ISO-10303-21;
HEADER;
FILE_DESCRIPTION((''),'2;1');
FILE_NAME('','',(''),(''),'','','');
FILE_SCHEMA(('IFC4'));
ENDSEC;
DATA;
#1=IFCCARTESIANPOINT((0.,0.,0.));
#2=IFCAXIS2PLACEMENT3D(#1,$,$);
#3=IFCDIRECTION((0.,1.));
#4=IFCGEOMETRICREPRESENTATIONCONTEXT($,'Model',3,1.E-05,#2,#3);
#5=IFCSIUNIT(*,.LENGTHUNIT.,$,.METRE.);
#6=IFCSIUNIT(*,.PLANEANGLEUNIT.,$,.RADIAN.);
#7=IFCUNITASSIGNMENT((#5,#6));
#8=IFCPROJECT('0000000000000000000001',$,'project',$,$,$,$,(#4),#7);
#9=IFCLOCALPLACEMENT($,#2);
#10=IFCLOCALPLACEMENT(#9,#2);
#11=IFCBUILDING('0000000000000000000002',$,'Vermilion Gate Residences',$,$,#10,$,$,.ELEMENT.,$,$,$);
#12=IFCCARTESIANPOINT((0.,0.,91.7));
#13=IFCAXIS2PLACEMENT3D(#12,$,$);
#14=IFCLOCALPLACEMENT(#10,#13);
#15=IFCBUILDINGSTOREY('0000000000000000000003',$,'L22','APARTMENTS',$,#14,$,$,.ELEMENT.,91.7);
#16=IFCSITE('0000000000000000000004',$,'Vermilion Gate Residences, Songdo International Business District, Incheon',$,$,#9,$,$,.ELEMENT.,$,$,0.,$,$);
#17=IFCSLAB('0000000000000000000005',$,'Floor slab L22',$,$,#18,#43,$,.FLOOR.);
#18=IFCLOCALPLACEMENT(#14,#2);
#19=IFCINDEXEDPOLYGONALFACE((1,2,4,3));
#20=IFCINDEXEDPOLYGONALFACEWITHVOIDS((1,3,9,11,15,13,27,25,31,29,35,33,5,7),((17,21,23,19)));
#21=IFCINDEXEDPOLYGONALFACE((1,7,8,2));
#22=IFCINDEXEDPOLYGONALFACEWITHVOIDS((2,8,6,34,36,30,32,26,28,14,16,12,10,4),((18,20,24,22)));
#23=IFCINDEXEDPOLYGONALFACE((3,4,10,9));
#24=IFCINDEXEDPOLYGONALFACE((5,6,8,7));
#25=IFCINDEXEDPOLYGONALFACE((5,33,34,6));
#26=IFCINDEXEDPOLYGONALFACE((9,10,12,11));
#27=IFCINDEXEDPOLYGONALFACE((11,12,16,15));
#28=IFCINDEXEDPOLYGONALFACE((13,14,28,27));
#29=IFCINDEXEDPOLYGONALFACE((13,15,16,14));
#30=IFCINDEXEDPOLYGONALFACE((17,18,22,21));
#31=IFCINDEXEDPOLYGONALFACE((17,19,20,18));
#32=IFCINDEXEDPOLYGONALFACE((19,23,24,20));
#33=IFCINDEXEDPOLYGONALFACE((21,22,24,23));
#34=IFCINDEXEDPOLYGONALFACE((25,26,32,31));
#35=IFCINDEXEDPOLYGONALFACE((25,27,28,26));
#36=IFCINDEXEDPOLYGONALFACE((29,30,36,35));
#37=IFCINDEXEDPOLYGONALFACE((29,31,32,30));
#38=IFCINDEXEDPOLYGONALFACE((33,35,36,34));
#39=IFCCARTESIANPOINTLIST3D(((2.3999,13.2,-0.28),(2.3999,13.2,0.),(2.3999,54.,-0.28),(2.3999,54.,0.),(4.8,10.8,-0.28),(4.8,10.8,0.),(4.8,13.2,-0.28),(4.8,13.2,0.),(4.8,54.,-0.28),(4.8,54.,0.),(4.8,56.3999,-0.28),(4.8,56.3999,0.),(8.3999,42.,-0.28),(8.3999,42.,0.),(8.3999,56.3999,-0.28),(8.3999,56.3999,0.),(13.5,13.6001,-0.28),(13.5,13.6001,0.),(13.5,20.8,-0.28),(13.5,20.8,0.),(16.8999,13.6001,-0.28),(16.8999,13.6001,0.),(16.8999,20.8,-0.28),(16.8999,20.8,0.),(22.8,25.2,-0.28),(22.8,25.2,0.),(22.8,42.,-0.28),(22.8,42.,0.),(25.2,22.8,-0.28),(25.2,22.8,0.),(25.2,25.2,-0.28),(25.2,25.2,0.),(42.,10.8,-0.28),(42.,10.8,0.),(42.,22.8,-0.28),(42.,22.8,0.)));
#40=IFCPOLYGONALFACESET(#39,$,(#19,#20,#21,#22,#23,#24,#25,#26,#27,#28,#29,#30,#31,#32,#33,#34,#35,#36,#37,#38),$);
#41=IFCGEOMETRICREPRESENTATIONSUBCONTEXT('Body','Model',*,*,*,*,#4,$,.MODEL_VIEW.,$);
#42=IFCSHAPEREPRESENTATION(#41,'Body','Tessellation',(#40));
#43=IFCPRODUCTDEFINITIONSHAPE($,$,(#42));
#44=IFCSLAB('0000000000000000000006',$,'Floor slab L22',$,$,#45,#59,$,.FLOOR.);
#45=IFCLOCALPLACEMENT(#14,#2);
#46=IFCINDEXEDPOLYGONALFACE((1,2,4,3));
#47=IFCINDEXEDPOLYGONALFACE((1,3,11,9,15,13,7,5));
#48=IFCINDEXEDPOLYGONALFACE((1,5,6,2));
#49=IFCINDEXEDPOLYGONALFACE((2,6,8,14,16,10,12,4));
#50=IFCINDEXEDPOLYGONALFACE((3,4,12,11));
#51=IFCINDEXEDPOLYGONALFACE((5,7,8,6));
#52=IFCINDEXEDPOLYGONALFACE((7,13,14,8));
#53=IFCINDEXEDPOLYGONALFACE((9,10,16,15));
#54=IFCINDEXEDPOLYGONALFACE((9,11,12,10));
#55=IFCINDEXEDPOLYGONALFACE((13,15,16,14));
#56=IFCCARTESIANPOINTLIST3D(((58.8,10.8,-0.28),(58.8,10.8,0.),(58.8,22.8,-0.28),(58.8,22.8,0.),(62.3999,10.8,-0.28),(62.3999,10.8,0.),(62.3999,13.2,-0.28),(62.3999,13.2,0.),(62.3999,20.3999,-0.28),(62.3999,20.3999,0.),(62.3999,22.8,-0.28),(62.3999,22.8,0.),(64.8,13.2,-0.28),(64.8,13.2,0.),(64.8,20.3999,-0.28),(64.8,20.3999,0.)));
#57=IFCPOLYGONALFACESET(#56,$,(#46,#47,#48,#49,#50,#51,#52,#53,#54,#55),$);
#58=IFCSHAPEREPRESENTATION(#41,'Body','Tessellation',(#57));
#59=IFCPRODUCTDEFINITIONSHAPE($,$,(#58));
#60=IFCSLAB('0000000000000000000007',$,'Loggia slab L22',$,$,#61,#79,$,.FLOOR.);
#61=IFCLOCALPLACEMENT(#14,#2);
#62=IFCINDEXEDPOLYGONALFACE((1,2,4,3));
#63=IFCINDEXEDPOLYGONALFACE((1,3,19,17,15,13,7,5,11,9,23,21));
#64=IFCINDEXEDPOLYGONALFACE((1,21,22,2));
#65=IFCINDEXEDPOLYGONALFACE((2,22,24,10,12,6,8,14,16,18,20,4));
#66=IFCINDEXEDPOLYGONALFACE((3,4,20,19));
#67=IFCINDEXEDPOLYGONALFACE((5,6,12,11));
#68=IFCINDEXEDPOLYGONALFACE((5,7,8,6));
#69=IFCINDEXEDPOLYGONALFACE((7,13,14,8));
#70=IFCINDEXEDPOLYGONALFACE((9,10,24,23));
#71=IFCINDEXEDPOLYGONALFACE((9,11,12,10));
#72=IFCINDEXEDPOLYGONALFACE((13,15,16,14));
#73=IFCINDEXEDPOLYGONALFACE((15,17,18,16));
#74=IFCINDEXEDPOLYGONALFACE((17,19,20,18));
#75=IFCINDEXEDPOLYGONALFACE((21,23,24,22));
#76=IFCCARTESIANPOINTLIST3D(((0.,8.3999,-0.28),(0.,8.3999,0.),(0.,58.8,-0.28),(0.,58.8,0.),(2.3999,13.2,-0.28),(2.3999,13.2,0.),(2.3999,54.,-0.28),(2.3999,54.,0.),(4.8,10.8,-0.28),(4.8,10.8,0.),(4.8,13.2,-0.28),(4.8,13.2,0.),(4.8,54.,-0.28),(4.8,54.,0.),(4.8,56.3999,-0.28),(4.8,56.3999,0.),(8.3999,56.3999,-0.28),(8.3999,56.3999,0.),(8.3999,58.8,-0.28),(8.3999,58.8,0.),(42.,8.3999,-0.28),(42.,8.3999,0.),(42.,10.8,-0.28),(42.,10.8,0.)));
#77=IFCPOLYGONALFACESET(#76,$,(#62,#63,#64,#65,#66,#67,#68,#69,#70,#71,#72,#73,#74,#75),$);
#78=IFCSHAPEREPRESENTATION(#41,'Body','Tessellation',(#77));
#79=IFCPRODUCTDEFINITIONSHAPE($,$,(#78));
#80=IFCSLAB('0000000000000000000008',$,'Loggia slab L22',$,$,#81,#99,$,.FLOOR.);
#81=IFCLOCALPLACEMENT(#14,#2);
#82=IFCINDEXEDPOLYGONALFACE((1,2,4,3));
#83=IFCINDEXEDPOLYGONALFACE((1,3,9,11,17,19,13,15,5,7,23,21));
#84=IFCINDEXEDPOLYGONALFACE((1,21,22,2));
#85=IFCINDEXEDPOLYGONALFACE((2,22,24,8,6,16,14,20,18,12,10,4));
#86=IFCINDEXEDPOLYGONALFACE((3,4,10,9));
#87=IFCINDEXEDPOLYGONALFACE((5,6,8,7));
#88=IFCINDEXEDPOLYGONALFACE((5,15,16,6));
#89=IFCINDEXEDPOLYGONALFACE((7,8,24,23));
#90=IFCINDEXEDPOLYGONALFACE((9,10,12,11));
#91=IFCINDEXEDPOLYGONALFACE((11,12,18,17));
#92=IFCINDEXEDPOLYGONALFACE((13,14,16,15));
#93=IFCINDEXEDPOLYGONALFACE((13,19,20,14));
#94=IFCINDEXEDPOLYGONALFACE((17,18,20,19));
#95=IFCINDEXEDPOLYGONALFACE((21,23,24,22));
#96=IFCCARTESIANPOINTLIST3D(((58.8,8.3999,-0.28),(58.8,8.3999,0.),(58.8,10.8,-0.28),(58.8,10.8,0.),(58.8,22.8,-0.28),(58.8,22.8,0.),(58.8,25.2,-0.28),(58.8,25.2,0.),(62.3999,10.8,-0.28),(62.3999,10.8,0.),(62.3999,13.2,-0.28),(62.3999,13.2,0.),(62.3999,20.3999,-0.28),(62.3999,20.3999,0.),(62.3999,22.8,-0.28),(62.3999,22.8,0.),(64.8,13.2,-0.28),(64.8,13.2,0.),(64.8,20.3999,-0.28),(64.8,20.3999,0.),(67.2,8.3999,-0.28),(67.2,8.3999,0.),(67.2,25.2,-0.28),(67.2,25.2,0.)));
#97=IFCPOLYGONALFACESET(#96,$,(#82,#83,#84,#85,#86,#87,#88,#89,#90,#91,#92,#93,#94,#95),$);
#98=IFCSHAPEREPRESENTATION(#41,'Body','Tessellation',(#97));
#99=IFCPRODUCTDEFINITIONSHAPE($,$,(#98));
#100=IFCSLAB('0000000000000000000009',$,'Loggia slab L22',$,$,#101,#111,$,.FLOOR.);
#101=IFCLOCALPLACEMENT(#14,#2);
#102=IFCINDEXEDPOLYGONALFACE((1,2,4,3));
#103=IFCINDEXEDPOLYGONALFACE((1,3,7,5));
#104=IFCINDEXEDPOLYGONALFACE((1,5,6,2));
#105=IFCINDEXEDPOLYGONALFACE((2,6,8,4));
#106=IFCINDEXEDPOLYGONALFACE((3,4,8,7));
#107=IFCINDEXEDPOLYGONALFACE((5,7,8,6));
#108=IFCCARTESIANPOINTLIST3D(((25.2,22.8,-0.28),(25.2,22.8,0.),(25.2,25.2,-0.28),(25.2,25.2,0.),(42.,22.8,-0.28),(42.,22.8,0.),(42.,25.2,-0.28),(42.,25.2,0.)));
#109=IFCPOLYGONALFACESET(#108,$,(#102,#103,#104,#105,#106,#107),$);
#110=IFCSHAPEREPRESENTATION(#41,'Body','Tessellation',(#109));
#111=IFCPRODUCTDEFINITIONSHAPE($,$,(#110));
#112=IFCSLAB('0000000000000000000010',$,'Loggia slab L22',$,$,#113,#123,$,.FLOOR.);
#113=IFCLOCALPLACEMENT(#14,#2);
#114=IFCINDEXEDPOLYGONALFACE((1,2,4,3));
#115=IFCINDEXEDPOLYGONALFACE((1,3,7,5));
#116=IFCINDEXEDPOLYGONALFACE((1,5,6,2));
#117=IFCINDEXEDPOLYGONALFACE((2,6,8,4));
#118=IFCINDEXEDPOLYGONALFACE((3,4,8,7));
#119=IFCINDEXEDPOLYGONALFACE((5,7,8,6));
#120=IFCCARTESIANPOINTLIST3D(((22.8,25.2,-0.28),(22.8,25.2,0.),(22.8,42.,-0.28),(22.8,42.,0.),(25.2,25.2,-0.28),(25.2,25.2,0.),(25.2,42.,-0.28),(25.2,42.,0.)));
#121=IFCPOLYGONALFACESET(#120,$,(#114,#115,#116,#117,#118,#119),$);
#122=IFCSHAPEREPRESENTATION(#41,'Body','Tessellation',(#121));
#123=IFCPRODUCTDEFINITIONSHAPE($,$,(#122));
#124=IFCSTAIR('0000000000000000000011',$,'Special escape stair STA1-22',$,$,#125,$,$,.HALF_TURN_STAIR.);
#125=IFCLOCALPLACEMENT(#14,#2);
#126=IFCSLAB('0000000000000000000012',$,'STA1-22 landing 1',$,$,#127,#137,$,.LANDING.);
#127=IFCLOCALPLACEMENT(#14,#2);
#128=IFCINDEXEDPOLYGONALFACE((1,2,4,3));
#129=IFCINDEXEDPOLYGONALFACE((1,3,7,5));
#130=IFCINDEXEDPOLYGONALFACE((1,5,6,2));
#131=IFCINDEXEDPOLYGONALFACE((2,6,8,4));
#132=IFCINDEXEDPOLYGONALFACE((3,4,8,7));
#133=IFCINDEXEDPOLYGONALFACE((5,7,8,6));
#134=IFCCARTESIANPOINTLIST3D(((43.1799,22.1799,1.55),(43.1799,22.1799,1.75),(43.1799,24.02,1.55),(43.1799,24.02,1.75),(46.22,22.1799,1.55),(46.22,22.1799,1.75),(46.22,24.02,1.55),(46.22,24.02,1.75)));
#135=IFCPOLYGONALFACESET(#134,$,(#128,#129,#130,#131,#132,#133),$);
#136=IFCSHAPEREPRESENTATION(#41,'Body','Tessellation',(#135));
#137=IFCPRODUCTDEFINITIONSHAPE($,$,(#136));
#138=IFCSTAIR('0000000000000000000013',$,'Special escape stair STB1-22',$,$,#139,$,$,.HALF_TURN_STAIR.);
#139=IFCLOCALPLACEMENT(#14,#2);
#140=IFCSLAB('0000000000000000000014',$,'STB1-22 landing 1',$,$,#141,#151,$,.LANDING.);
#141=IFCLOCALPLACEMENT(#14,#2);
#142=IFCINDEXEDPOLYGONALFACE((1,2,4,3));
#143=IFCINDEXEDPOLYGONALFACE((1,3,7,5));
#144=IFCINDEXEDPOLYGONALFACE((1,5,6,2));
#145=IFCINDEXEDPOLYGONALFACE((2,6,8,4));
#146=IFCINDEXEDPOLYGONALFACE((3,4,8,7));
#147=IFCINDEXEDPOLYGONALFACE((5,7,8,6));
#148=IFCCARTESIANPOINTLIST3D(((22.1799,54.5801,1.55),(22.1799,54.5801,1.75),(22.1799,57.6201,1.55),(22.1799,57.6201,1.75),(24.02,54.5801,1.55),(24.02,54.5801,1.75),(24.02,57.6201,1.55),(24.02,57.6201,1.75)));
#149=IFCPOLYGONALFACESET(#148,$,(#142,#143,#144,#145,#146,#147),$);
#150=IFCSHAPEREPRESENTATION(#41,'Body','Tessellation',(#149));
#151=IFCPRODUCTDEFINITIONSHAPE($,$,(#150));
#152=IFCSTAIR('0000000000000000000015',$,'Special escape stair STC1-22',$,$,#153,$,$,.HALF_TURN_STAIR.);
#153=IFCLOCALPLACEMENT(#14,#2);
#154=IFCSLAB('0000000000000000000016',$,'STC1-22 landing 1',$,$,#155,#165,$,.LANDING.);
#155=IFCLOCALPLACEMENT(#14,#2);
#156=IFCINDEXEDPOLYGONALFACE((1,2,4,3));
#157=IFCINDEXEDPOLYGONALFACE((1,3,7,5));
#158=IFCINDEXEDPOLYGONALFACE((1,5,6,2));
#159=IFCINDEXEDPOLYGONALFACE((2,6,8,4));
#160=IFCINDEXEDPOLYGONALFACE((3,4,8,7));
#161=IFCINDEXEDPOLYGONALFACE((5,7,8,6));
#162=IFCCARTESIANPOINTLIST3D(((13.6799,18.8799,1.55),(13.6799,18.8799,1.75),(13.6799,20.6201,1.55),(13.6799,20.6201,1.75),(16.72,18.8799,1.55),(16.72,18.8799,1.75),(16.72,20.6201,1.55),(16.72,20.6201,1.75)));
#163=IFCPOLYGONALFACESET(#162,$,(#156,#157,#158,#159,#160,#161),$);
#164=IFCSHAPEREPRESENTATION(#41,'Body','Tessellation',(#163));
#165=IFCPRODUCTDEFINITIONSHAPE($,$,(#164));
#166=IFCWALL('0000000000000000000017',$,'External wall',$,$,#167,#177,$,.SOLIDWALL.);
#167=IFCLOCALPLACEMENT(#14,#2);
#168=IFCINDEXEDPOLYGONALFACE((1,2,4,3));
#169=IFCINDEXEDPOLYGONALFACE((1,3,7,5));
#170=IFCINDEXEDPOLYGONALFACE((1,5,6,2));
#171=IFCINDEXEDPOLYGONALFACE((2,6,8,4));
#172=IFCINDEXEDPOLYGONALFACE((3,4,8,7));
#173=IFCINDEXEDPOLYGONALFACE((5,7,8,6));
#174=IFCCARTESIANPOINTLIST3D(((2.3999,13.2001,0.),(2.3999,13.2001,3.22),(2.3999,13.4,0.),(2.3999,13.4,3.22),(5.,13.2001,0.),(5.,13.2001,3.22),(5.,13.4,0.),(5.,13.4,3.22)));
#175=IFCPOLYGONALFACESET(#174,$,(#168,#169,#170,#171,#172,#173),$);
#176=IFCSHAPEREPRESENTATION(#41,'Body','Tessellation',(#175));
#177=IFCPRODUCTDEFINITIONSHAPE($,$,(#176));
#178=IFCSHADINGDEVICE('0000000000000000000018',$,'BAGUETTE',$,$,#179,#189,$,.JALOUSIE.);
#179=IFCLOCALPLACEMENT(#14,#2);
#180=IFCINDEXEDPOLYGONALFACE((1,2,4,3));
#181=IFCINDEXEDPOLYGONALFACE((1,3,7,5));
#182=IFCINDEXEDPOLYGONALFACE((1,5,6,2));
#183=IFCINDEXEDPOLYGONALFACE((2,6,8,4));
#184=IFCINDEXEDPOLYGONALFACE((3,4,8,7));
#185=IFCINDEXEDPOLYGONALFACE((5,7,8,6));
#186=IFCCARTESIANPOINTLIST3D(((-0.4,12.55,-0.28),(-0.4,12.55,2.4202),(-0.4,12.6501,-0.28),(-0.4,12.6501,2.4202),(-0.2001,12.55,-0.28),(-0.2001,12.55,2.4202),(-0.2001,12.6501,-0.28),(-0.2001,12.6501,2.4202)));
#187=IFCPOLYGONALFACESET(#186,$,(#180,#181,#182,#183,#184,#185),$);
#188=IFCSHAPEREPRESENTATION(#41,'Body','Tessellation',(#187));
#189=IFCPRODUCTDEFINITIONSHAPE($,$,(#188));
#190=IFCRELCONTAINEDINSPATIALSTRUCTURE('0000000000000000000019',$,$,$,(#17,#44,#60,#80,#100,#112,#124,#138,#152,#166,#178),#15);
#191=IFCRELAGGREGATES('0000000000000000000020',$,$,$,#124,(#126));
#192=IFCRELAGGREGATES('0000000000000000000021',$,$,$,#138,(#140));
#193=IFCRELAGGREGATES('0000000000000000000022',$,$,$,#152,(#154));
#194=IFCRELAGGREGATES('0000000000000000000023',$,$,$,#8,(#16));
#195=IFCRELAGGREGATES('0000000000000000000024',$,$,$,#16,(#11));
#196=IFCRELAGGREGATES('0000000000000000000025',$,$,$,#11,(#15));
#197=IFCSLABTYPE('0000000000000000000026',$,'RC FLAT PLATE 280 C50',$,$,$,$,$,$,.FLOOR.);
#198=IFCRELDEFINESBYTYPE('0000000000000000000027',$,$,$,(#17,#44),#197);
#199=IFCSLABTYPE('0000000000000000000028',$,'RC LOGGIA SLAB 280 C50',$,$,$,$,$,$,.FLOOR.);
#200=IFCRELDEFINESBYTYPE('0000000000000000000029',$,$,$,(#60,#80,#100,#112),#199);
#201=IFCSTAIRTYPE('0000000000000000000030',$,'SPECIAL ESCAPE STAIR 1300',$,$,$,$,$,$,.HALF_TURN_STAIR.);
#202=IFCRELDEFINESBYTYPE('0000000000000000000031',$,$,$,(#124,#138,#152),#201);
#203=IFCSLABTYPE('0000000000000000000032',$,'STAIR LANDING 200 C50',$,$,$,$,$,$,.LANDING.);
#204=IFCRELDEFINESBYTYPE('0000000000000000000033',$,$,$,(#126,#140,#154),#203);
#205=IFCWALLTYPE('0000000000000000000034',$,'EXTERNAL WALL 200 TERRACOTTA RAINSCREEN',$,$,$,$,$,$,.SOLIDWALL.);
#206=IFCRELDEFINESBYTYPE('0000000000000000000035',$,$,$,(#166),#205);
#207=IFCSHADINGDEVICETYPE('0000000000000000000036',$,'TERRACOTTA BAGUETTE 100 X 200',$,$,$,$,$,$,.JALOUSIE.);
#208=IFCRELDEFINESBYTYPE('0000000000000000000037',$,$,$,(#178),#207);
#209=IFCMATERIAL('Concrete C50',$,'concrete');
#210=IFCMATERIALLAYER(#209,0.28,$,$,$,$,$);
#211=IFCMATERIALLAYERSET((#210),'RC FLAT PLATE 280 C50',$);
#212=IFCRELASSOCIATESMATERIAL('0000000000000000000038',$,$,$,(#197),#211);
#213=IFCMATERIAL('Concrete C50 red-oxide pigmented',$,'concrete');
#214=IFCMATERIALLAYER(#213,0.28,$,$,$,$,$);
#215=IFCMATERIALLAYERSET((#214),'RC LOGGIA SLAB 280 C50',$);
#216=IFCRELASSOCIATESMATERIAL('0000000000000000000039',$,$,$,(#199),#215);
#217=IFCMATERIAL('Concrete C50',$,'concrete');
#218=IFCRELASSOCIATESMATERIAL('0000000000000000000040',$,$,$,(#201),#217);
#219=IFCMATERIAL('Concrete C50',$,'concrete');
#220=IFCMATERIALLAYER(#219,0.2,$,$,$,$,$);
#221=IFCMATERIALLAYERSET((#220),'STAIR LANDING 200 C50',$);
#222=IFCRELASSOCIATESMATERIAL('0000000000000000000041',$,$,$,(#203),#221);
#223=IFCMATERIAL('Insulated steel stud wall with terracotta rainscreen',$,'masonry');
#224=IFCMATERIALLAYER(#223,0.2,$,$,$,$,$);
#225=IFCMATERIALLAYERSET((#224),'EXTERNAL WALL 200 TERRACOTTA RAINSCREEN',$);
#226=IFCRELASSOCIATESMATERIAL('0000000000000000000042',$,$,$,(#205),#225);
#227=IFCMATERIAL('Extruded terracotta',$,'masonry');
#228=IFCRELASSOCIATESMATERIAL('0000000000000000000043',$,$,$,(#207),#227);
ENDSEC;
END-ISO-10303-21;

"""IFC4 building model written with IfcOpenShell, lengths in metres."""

from ifc_helpers import new_model, si_unit, direction, frame, frame_2d, origin, origin_2d, place, context, subcontext, project, spatial, polyline, rectangle, outline, extrude, material, layer, layer_set, material_profile, profile_set, type_object, element, aggregate, save


model = new_model("IFC4")

# Units and contexts
model_context = context("Model", 3, precision=1e-05, world=origin(), true_north=direction((0.0, 1.0)))
body_context = subcontext(model_context, "Body", "Model", "MODEL_VIEW")
ifc_project = project(units=[si_unit("LENGTHUNIT", "METRE"), si_unit("PLANEANGLEUNIT", "RADIAN")], contexts=[model_context])

# Site, building, storey
site_placement = place(None, origin())
site = spatial("IfcSite", under=ifc_project, at=site_placement, Name="Vermilion Gate Residences, Songdo International Business District, Incheon", CompositionType="ELEMENT", RefElevation=0.0)
building_placement = place(site_placement, origin())
building = spatial("IfcBuilding", under=site, at=building_placement, Name="Vermilion Gate Residences", CompositionType="ELEMENT")
storey_placement = place(building_placement, frame((0.0, 0.0, 91.7)))
storey = spatial("IfcBuildingStorey", under=building, at=storey_placement, Name="L22", Description="APARTMENTS", CompositionType="ELEMENT", Elevation=91.7)

# Slabs
ifc_material_1 = material(Name="Concrete C50", Category="concrete")
ifc_layer_1 = layer(ifc_material_1, 0.28)
ifc_layer_set_1 = layer_set([ifc_layer_1], Name="RC FLAT PLATE 280 C50")
slab_type_1 = type_object("IfcSlabType", Name="RC FLAT PLATE 280 C50", PredefinedType="FLOOR", material=ifc_layer_set_1)
slab_1_placement = place(storey_placement, frame((0.0, 0.0, -0.28)))
element("IfcSlab", 1, at=slab_1_placement, inside=storey, type_object=slab_type_1, Name="Floor slab L22", PredefinedType="FLOOR", context=body_context, shape_type="SweptSolid", body=[
    extrude(outline(polyline([(22.8, 25.2), (22.8, 42.0), (8.3999, 42.0), (8.3999, 56.3999), (4.8, 56.3999), (4.8, 54.0), (2.3999, 54.0), (2.3999, 13.2), (4.8, 13.2), (4.8, 10.8), (42.0, 10.8), (42.0, 22.8), (25.2, 22.8), (25.2, 25.2), (22.8, 25.2)]), holes=[polyline([(13.5, 13.6001), (13.5, 20.8), (16.8999, 20.8), (16.8999, 13.6001), (13.5, 13.6001)])]), origin(), (0.0, 0.0, 1.0), 0.28),
])
slab_2_placement = place(storey_placement, frame((0.0, 0.0, -0.28)))
element("IfcSlab", 2, at=slab_2_placement, inside=storey, type_object=slab_type_1, Name="Floor slab L22", PredefinedType="FLOOR", context=body_context, shape_type="SweptSolid", body=[
    extrude(outline(polyline([(58.8, 22.8), (58.8, 10.8), (62.3999, 10.8), (62.3999, 13.2), (64.8, 13.2), (64.8, 20.3999), (62.3999, 20.3999), (62.3999, 22.8), (58.8, 22.8)])), origin(), (0.0, 0.0, 1.0), 0.28),
])
ifc_material_2 = material(Name="Concrete C50 red-oxide pigmented", Category="concrete")
ifc_layer_2 = layer(ifc_material_2, 0.28)
ifc_layer_set_2 = layer_set([ifc_layer_2], Name="RC LOGGIA SLAB 280 C50")
slab_type_2 = type_object("IfcSlabType", Name="RC LOGGIA SLAB 280 C50", PredefinedType="FLOOR", material=ifc_layer_set_2)
slab_3_placement = place(storey_placement, frame((0.0, 0.0, -0.28)))
element("IfcSlab", 3, at=slab_3_placement, inside=storey, type_object=slab_type_2, Name="Loggia slab L22", PredefinedType="FLOOR", context=body_context, shape_type="SweptSolid", body=[
    extrude(outline(polyline([(0.0, 58.8), (0.0, 8.3999), (42.0, 8.3999), (42.0, 10.8), (4.8, 10.8), (4.8, 13.2), (2.3999, 13.2), (2.3999, 54.0), (4.8, 54.0), (4.8, 56.3999), (8.3999, 56.3999), (8.3999, 58.8), (0.0, 58.8)])), origin(), (0.0, 0.0, 1.0), 0.28),
])
slab_4_placement = place(storey_placement, frame((0.0, 0.0, -0.28)))
element("IfcSlab", 4, at=slab_4_placement, inside=storey, type_object=slab_type_2, Name="Loggia slab L22", PredefinedType="FLOOR", context=body_context, shape_type="SweptSolid", body=[
    extrude(outline(polyline([(64.8, 20.3999), (64.8, 13.2), (62.3999, 13.2), (62.3999, 10.8), (58.8, 10.8), (58.8, 8.3999), (67.2, 8.3999), (67.2, 25.2), (58.8, 25.2), (58.8, 22.8), (62.3999, 22.8), (62.3999, 20.3999), (64.8, 20.3999)])), origin(), (0.0, 0.0, 1.0), 0.28),
])
slab_5_placement = place(storey_placement, frame((0.0, 0.0, -0.28)))
element("IfcSlab", 5, at=slab_5_placement, inside=storey, type_object=slab_type_2, Name="Loggia slab L22", PredefinedType="FLOOR", context=body_context, shape_type="SweptSolid", body=[
    extrude(outline(polyline([(25.2, 22.8), (42.0, 22.8), (42.0, 25.2), (25.2, 25.2), (25.2, 22.8)])), origin(), (0.0, 0.0, 1.0), 0.28),
])
slab_6_placement = place(storey_placement, frame((0.0, 0.0, -0.28)))
element("IfcSlab", 6, at=slab_6_placement, inside=storey, type_object=slab_type_2, Name="Loggia slab L22", PredefinedType="FLOOR", context=body_context, shape_type="SweptSolid", body=[
    extrude(outline(polyline([(25.2, 25.2), (25.2, 42.0), (22.8, 42.0), (22.8, 25.2), (25.2, 25.2)])), origin(), (0.0, 0.0, 1.0), 0.28),
])

# Stairs, slabs
ifc_material_3 = material(Name="Concrete C50", Category="concrete")
stair_type = type_object("IfcStairType", Name="SPECIAL ESCAPE STAIR 1300", PredefinedType="HALF_TURN_STAIR", material=ifc_material_3)
stair_1_placement = place(storey_placement, origin())
stair_1 = element("IfcStair", 7, at=stair_1_placement, inside=storey, type_object=stair_type, Name="Special escape stair STA1-22", PredefinedType="HALF_TURN_STAIR")
ifc_material_4 = material(Name="Concrete C50", Category="concrete")
ifc_layer_3 = layer(ifc_material_4, 0.2)
ifc_layer_set_3 = layer_set([ifc_layer_3], Name="STAIR LANDING 200 C50")
slab_type_3 = type_object("IfcSlabType", Name="STAIR LANDING 200 C50", PredefinedType="LANDING", material=ifc_layer_set_3)
slab_7_placement = place(storey_placement, frame((0.0, 0.0, 1.55)))
slab_7 = element("IfcSlab", 8, at=slab_7_placement, type_object=slab_type_3, Name="STA1-22 landing 1", PredefinedType="LANDING", context=body_context, shape_type="SweptSolid", body=[
    extrude(outline(polyline([(46.22, 22.1799), (46.22, 24.02), (43.1799, 24.02), (43.1799, 22.1799), (46.22, 22.1799)])), origin(), (0.0, 0.0, 1.0), 0.2),
])
aggregate(stair_1, [slab_7])
stair_2_placement = place(storey_placement, origin())
stair_2 = element("IfcStair", 9, at=stair_2_placement, inside=storey, type_object=stair_type, Name="Special escape stair STB1-22", PredefinedType="HALF_TURN_STAIR")
slab_8_placement = place(storey_placement, frame((0.0, 0.0, 1.55)))
slab_8 = element("IfcSlab", 10, at=slab_8_placement, type_object=slab_type_3, Name="STB1-22 landing 1", PredefinedType="LANDING", context=body_context, shape_type="SweptSolid", body=[
    extrude(outline(polyline([(24.02, 54.5801), (24.02, 57.6201), (22.1799, 57.6201), (22.1799, 54.5801), (24.02, 54.5801)])), origin(), (0.0, 0.0, 1.0), 0.2),
])
aggregate(stair_2, [slab_8])
stair_3_placement = place(storey_placement, origin())
stair_3 = element("IfcStair", 11, at=stair_3_placement, inside=storey, type_object=stair_type, Name="Special escape stair STC1-22", PredefinedType="HALF_TURN_STAIR")
slab_9_placement = place(storey_placement, frame((0.0, 0.0, 1.55)))
slab_9 = element("IfcSlab", 12, at=slab_9_placement, type_object=slab_type_3, Name="STC1-22 landing 1", PredefinedType="LANDING", context=body_context, shape_type="SweptSolid", body=[
    extrude(outline(polyline([(16.72, 18.8799), (16.72, 20.6201), (13.6799, 20.6201), (13.6799, 18.8799), (16.72, 18.8799)])), origin(), (0.0, 0.0, 1.0), 0.2),
])
aggregate(stair_3, [slab_9])

# Wall
ifc_material_5 = material(Name="Insulated steel stud wall with terracotta rainscreen", Category="masonry")
ifc_layer_4 = layer(ifc_material_5, 0.2)
ifc_layer_set_4 = layer_set([ifc_layer_4], Name="EXTERNAL WALL 200 TERRACOTTA RAINSCREEN")
wall_type = type_object("IfcWallType", Name="EXTERNAL WALL 200 TERRACOTTA RAINSCREEN", PredefinedType="SOLIDWALL", material=ifc_layer_set_4)
wall_placement = place(storey_placement, frame((2.3999, 13.3, 0.0), z_axis=(0.0, 0.0, 1.0), x_axis=(1.0, 0.0, 0.0)))
element("IfcWall", 13, at=wall_placement, inside=storey, type_object=wall_type, Name="External wall", PredefinedType="SOLIDWALL", context=body_context, shape_type="SweptSolid", body=[
    extrude(rectangle(XDim=2.6001, YDim=0.2, at=frame_2d((1.3, 0.0))), origin(), (0.0, 0.0, 1.0), 3.22),
])

# Shading device
ifc_material_6 = material(Name="Extruded terracotta", Category="masonry")
ifc_material_profile_1 = material_profile(ifc_material_6, rectangle(XDim=0.2, YDim=0.1001, at=origin_2d()), Name="BAGUETTE 100 X 200")
ifc_profile_set_1 = profile_set([ifc_material_profile_1], Name="Extruded terracotta")
shading_device_type = type_object("IfcShadingDeviceType", Name="TERRACOTTA BAGUETTE 100 X 200", PredefinedType="JALOUSIE", material=ifc_profile_set_1)
shading_device_placement = place(storey_placement, frame((-0.3, 12.6001, -0.28), z_axis=(0.0, 0.0, 1.0), x_axis=(1.0, 0.0, 0.0)))
element("IfcShadingDevice", 14, at=shading_device_placement, inside=storey, type_object=shading_device_type, Name="BAGUETTE", PredefinedType="JALOUSIE", context=body_context, shape_type="SweptSolid", body=[
    extrude(rectangle(XDim=0.2, YDim=0.1001, at=origin_2d()), origin(), (0.0, 0.0, 1.0), 2.7002),
])

save(model, "model.ifc")
